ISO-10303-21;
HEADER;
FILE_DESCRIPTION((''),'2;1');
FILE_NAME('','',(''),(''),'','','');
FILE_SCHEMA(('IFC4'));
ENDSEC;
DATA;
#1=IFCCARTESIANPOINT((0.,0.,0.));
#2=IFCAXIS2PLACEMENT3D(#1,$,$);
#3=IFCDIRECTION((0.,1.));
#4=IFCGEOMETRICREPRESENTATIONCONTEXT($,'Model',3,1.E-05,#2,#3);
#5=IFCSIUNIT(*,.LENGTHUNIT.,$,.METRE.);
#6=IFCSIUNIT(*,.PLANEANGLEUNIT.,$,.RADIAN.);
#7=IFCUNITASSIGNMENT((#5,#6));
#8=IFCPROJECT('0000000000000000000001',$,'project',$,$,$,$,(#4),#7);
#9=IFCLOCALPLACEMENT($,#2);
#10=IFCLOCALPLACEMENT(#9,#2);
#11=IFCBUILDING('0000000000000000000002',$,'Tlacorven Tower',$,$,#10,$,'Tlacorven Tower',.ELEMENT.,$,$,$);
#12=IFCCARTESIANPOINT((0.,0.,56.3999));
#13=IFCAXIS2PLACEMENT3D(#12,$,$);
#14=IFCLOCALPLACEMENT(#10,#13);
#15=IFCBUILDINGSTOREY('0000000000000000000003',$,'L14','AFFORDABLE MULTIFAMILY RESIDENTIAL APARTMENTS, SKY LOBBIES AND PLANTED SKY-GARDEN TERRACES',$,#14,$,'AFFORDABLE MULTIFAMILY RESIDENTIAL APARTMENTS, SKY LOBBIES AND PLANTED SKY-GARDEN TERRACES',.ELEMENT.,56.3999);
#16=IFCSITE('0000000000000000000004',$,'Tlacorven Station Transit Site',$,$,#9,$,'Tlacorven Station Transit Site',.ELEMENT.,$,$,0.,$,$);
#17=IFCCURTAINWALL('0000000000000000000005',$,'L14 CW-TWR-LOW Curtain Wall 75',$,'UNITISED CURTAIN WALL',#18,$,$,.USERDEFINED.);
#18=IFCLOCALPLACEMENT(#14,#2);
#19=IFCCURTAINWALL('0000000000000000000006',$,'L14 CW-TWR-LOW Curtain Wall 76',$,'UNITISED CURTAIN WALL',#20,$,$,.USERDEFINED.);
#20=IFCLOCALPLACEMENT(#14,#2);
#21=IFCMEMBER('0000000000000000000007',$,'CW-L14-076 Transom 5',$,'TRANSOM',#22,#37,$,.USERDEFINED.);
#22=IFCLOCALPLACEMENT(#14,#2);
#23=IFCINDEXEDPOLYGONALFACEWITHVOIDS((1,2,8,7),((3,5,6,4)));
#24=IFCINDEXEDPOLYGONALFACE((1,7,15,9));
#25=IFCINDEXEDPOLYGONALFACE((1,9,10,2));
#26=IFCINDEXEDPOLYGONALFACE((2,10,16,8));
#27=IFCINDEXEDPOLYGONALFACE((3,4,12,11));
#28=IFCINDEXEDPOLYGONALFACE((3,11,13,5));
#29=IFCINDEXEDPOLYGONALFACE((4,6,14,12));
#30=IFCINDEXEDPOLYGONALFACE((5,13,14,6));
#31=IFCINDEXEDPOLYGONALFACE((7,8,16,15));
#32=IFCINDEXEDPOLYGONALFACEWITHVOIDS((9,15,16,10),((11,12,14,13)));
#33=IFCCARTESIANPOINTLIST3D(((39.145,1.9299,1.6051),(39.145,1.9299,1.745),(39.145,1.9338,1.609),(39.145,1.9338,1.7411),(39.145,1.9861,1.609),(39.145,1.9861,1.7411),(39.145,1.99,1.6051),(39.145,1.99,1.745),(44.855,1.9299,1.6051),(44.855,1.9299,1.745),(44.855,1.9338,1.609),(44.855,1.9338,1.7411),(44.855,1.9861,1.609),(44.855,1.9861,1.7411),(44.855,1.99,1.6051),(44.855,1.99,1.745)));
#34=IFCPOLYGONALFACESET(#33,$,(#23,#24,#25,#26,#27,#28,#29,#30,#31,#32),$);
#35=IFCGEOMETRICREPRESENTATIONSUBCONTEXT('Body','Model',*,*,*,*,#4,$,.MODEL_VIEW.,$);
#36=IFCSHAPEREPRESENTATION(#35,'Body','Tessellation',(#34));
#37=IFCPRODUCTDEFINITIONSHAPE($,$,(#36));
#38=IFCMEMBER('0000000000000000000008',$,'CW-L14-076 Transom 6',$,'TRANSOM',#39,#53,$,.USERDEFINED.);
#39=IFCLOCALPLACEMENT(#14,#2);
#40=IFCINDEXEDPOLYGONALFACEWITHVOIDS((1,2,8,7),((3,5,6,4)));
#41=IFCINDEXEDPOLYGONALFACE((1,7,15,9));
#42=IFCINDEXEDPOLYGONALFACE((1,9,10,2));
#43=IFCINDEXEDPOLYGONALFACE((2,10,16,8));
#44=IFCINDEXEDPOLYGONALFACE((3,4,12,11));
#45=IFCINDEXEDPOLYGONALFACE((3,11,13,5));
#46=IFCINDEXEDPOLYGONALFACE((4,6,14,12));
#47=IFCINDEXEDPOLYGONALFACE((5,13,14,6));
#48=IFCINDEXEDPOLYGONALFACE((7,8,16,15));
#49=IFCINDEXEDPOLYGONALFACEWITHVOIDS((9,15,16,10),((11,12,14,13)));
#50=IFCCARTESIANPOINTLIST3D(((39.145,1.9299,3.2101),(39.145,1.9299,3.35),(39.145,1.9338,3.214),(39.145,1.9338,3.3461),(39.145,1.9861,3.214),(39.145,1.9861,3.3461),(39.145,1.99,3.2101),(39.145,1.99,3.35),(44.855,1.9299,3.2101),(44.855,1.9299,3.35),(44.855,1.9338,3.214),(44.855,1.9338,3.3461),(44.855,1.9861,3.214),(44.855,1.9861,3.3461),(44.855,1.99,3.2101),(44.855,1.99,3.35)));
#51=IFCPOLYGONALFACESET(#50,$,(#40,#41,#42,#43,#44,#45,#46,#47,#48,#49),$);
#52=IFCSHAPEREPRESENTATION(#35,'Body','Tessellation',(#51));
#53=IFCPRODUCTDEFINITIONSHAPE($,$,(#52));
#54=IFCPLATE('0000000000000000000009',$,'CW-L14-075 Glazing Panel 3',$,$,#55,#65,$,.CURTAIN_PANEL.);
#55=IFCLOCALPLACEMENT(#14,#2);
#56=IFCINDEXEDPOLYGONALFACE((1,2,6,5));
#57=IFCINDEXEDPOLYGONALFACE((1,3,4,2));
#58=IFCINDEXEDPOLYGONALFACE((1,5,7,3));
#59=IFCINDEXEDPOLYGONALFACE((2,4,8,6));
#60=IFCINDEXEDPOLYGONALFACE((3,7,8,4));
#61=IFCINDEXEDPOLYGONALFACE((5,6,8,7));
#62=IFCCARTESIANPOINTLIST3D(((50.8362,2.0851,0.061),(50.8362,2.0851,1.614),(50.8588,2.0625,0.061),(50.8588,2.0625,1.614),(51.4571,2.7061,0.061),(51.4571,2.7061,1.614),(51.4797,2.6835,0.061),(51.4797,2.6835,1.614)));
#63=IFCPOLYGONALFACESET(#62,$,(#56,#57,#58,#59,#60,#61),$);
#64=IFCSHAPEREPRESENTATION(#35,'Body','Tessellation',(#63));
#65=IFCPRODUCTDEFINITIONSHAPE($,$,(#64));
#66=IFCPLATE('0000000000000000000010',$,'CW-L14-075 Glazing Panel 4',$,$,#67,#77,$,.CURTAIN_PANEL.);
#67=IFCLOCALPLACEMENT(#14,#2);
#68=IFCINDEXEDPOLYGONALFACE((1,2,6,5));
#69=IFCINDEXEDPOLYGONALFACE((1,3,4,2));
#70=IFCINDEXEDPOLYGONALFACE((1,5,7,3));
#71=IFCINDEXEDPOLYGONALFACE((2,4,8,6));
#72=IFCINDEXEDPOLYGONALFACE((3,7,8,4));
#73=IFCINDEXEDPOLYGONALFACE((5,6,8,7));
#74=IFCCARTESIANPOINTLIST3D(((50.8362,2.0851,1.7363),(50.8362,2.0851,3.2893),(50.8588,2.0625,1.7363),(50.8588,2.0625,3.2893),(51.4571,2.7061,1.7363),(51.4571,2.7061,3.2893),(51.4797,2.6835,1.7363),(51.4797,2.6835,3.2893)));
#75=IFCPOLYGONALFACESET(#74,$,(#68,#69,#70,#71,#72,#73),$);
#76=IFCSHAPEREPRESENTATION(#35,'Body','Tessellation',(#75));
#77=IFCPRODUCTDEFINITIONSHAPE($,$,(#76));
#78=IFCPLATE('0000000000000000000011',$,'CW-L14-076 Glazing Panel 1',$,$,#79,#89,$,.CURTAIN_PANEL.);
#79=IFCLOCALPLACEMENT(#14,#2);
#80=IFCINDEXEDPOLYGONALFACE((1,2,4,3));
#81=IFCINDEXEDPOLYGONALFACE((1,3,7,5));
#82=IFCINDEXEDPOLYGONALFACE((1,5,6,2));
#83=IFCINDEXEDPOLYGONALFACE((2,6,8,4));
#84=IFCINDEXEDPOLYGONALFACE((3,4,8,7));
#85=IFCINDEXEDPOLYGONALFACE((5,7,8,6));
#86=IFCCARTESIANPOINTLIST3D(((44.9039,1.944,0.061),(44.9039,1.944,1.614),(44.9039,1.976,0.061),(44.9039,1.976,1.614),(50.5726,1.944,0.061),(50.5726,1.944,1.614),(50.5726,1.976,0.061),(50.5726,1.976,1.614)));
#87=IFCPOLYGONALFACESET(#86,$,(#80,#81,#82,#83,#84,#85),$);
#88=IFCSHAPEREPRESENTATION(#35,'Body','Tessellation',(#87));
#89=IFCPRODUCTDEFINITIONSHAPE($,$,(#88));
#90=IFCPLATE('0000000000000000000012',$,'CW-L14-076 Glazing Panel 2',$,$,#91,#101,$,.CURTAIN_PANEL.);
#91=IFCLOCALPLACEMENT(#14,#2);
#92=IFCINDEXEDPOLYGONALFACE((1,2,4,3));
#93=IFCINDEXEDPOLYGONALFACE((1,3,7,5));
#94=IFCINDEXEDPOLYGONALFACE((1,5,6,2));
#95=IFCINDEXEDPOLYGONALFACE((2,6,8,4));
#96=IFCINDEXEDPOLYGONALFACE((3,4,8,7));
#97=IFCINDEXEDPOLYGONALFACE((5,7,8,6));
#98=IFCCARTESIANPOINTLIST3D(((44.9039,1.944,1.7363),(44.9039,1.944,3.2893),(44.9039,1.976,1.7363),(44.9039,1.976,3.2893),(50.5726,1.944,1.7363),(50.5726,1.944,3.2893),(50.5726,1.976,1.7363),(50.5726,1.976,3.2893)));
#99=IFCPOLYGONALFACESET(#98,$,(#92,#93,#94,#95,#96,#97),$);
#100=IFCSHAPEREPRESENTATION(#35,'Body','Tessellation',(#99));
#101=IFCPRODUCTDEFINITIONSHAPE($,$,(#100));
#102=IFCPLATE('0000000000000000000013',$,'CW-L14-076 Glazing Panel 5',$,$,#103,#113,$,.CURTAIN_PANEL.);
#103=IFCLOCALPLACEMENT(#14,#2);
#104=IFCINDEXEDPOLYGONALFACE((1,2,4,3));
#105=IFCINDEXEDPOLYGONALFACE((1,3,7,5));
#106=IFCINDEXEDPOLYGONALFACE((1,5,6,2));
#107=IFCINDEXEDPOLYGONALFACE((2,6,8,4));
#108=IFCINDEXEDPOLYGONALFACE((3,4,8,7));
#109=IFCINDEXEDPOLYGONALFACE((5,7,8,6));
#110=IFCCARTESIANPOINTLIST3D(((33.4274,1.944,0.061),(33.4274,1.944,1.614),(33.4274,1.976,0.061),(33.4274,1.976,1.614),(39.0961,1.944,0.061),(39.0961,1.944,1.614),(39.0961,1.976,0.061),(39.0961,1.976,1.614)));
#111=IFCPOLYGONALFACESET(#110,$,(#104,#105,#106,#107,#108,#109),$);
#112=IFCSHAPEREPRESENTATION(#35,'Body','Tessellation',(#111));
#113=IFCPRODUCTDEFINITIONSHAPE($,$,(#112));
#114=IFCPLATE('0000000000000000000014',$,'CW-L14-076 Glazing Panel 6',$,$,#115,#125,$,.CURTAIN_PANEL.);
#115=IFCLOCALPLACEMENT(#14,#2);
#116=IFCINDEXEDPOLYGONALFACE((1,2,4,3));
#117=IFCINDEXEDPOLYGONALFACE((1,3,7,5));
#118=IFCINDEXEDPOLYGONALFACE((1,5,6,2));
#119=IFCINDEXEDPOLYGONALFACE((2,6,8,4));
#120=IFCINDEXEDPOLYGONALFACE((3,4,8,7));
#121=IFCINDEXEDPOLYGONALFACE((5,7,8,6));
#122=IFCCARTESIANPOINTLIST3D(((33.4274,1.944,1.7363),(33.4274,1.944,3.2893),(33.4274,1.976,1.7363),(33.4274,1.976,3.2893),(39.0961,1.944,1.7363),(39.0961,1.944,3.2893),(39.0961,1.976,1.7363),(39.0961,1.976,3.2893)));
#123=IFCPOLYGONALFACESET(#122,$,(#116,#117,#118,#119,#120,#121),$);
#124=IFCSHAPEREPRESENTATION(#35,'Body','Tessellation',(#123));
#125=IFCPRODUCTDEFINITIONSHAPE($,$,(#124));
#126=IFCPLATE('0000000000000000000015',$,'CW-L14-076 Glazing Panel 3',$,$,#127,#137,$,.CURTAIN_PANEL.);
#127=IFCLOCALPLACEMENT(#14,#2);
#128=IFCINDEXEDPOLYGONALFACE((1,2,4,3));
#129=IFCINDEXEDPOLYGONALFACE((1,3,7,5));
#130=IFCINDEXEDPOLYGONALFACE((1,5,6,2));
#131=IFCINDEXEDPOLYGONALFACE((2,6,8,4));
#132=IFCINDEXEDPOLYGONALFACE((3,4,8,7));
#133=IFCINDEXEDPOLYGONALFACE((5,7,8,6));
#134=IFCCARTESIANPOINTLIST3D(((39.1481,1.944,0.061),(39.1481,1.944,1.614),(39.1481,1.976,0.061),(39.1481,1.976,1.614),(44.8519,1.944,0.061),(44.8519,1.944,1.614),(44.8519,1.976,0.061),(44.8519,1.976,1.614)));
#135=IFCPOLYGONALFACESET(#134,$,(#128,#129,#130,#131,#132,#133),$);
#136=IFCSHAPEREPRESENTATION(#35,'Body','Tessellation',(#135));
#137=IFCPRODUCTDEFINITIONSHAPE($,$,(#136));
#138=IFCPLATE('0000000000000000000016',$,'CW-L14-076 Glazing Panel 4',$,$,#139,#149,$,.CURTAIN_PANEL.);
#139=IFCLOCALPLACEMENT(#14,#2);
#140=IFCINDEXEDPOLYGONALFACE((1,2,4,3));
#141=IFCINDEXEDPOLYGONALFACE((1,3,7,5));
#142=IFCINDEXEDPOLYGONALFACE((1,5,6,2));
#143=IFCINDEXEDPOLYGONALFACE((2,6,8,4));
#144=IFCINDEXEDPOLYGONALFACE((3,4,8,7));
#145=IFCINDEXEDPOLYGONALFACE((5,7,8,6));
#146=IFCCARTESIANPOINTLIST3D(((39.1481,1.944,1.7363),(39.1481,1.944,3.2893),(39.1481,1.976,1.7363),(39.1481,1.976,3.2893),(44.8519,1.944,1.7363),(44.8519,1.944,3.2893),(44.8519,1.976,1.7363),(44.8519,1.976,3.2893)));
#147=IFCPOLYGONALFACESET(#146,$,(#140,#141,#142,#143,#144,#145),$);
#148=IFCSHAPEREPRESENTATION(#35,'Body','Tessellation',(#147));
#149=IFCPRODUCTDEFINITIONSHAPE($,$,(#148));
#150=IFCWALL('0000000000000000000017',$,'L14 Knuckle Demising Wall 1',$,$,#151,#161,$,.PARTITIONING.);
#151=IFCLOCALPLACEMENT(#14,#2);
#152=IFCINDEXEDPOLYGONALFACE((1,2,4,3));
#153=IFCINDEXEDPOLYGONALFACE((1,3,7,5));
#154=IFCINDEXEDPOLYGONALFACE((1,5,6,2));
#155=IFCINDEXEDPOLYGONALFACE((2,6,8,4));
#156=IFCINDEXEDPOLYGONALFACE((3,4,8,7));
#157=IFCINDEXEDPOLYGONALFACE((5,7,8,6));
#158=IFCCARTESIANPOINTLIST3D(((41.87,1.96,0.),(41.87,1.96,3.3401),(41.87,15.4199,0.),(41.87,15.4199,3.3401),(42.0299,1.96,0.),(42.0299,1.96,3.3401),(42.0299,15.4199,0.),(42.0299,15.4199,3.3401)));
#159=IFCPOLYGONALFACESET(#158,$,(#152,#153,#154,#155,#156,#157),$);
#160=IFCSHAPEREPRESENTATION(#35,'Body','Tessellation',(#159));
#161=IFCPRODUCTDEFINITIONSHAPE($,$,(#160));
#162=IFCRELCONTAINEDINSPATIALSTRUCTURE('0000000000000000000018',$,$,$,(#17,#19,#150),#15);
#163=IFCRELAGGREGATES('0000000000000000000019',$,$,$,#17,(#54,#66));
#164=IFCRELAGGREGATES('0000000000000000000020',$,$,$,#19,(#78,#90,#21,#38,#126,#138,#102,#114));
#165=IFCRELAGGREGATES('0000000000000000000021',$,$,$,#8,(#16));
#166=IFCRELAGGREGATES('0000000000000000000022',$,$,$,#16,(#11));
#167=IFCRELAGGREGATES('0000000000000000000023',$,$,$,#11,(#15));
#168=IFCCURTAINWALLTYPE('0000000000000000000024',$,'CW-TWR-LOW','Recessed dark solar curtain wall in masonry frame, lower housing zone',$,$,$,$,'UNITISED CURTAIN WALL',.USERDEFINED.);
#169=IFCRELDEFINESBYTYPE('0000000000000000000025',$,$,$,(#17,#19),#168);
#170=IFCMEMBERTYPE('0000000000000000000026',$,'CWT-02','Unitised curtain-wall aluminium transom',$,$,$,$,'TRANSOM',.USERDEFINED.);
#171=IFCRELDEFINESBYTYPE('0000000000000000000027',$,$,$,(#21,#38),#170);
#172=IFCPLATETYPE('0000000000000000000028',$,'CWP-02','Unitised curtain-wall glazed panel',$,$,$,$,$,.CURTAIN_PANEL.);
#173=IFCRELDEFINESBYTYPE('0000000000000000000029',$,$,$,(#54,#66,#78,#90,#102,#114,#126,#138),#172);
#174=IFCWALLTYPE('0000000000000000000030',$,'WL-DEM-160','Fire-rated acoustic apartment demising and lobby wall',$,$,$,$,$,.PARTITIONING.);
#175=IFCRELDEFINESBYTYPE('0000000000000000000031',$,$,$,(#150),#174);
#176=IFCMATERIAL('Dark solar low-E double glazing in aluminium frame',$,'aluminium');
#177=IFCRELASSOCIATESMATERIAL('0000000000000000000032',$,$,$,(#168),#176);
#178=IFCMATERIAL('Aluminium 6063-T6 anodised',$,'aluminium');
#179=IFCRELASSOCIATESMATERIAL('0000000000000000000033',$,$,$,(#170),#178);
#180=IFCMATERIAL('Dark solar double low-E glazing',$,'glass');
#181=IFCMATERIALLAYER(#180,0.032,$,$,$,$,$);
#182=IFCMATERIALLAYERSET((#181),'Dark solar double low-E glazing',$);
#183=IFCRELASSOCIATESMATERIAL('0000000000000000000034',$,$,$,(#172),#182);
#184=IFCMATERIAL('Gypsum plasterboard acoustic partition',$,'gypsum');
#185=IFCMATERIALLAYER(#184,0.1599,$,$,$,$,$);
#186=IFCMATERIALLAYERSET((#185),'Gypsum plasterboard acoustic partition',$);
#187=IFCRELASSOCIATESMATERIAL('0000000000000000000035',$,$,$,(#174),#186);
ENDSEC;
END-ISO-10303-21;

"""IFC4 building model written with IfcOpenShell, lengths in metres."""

from ifc_helpers import new_model, si_unit, direction, frame, frame_2d, origin, origin_2d, place, context, subcontext, project, spatial, rectangle, hollow_rectangle, extrude, source, transform, mapped, material, layer, layer_set, material_profile, profile_set, type_object, element, aggregate, save


model = new_model("IFC4")

# Units and contexts
model_context = context("Model", 3, precision=1e-05, world=origin(), true_north=direction((0.0, 1.0)))
body_context = subcontext(model_context, "Body", "Model", "MODEL_VIEW")
ifc_project = project(units=[si_unit("LENGTHUNIT", "METRE"), si_unit("PLANEANGLEUNIT", "RADIAN")], contexts=[model_context])

# Site, building, storey
site_placement = place(None, origin())
site = spatial("IfcSite", under=ifc_project, at=site_placement, Name="Tlacorven Station Transit Site", LongName="Tlacorven Station Transit Site", CompositionType="ELEMENT", RefElevation=0.0)
building_placement = place(site_placement, origin())
building = spatial("IfcBuilding", under=site, at=building_placement, Name="Tlacorven Tower", LongName="Tlacorven Tower", CompositionType="ELEMENT")
storey_placement = place(building_placement, frame((0.0, 0.0, 56.3999)))
storey = spatial("IfcBuildingStorey", under=building, at=storey_placement, Name="L14", Description="AFFORDABLE MULTIFAMILY RESIDENTIAL APARTMENTS, SKY LOBBIES AND PLANTED SKY-GARDEN TERRACES", LongName="AFFORDABLE MULTIFAMILY RESIDENTIAL APARTMENTS, SKY LOBBIES AND PLANTED SKY-GARDEN TERRACES", CompositionType="ELEMENT", Elevation=56.3999)

# Curtain wall
ifc_material_1 = material(Name="Dark solar low-E double glazing in aluminium frame", Category="aluminium")
curtain_wall_type = type_object("IfcCurtainWallType", Name="CW-TWR-LOW", Description="Recessed dark solar curtain wall in masonry frame, lower housing zone", ElementType="UNITISED CURTAIN WALL", PredefinedType="USERDEFINED", material=ifc_material_1)
curtain_wall_1_placement = place(storey_placement, origin())
curtain_wall_1 = element("IfcCurtainWall", 1, at=curtain_wall_1_placement, inside=storey, type_object=curtain_wall_type, Name="L14 CW-TWR-LOW Curtain Wall 75", ObjectType="UNITISED CURTAIN WALL", PredefinedType="USERDEFINED")
ifc_material_2 = material(Name="Aluminium 6063-T6 anodised", Category="aluminium")

# Curtain wall, members
curtain_wall_2_placement = place(storey_placement, origin())
curtain_wall_2 = element("IfcCurtainWall", 2, at=curtain_wall_2_placement, inside=storey, type_object=curtain_wall_type, Name="L14 CW-TWR-LOW Curtain Wall 76", ObjectType="UNITISED CURTAIN WALL", PredefinedType="USERDEFINED")
ifc_material_profile_1 = material_profile(ifc_material_2, hollow_rectangle(XDim=0.0601, YDim=0.1399, WallThickness=0.0039, at=origin_2d()), Name="ALU TRANSOM 60X140")
ifc_profile_set_1 = profile_set([ifc_material_profile_1], Name="Aluminium 6063-T6 anodised")
member_type_1 = type_object("IfcMemberType", Name="CWT-02", Description="Unitised curtain-wall aluminium transom", ElementType="TRANSOM", PredefinedType="USERDEFINED", material=ifc_profile_set_1)
shared_shape_1 = source(origin(), body_context, "Body", "SweptSolid", [
    extrude(hollow_rectangle(XDim=0.0601, YDim=0.1399, WallThickness=0.0039, at=origin_2d()), origin(), (0.0, 0.0, 1.0), 5.71),
])
member_1_placement = place(storey_placement, frame((44.855, 1.96, 1.675), z_axis=(-1.0, 0.0, 0.0), x_axis=(0.0, -1.0, 0.0)))
member_1 = element("IfcMember", 3, at=member_1_placement, type_object=member_type_1, Name="CW-L14-076 Transom 5", ObjectType="TRANSOM", PredefinedType="USERDEFINED", context=body_context, shape_type="MappedRepresentation", body=[
    mapped(shared_shape_1, transform((0.0, 0.0, 0.0), scale=1.0)),
])
member_2_placement = place(storey_placement, frame((44.855, 1.96, 3.28), z_axis=(-1.0, 0.0, 0.0), x_axis=(0.0, -1.0, 0.0)))
member_2 = element("IfcMember", 4, at=member_2_placement, type_object=member_type_1, Name="CW-L14-076 Transom 6", ObjectType="TRANSOM", PredefinedType="USERDEFINED", context=body_context, shape_type="MappedRepresentation", body=[
    mapped(shared_shape_1, transform((0.0, 0.0, 0.0), scale=1.0)),
])

# Plates
ifc_material_3 = material(Name="Dark solar double low-E glazing", Category="glass")
ifc_layer_1 = layer(ifc_material_3, 0.032)
ifc_layer_set_1 = layer_set([ifc_layer_1], Name="Dark solar double low-E glazing")
plate_type = type_object("IfcPlateType", Name="CWP-02", Description="Unitised curtain-wall glazed panel", PredefinedType="CURTAIN_PANEL", material=ifc_layer_set_1)
shared_shape_2 = source(origin(), body_context, "Body", "SweptSolid", [
    extrude(rectangle(XDim=0.8782, YDim=0.032, at=origin_2d()), origin(), (0.0, 0.0, 1.0), 1.553),
])
plate_1_placement = place(storey_placement, frame((51.158, 2.3843, 0.061), z_axis=(0.0, 0.0, 1.0), x_axis=(-0.707107, -0.707107, 0.0)))
plate_1 = element("IfcPlate", 5, at=plate_1_placement, type_object=plate_type, Name="CW-L14-075 Glazing Panel 3", PredefinedType="CURTAIN_PANEL", context=body_context, shape_type="MappedRepresentation", body=[
    mapped(shared_shape_2, transform((0.0, 0.0, 0.0), scale=1.0)),
])
plate_2_placement = place(storey_placement, frame((51.158, 2.3843, 1.7363), z_axis=(0.0, 0.0, 1.0), x_axis=(-0.707107, -0.707107, 0.0)))
plate_2 = element("IfcPlate", 6, at=plate_2_placement, type_object=plate_type, Name="CW-L14-075 Glazing Panel 4", PredefinedType="CURTAIN_PANEL", context=body_context, shape_type="MappedRepresentation", body=[
    mapped(shared_shape_2, transform((0.0, 0.0, 0.0), scale=1.0)),
])
aggregate(curtain_wall_1, [plate_1, plate_2])
shared_shape_3 = source(origin(), body_context, "Body", "SweptSolid", [
    extrude(rectangle(XDim=5.6687, YDim=0.032, at=origin_2d()), origin(), (0.0, 0.0, 1.0), 1.553),
])
plate_3_placement = place(storey_placement, frame((47.7383, 1.96, 0.061), z_axis=(0.0, 0.0, 1.0), x_axis=(-1.0, 0.0, 0.0)))
plate_3 = element("IfcPlate", 7, at=plate_3_placement, type_object=plate_type, Name="CW-L14-076 Glazing Panel 1", PredefinedType="CURTAIN_PANEL", context=body_context, shape_type="MappedRepresentation", body=[
    mapped(shared_shape_3, transform((0.0, 0.0, 0.0), scale=1.0)),
])
plate_4_placement = place(storey_placement, frame((47.7383, 1.96, 1.7363), z_axis=(0.0, 0.0, 1.0), x_axis=(-1.0, 0.0, 0.0)))
plate_4 = element("IfcPlate", 8, at=plate_4_placement, type_object=plate_type, Name="CW-L14-076 Glazing Panel 2", PredefinedType="CURTAIN_PANEL", context=body_context, shape_type="MappedRepresentation", body=[
    mapped(shared_shape_3, transform((0.0, 0.0, 0.0), scale=1.0)),
])
plate_5_placement = place(storey_placement, frame((36.2617, 1.96, 0.061), z_axis=(0.0, 0.0, 1.0), x_axis=(-1.0, 0.0, 0.0)))
plate_5 = element("IfcPlate", 9, at=plate_5_placement, type_object=plate_type, Name="CW-L14-076 Glazing Panel 5", PredefinedType="CURTAIN_PANEL", context=body_context, shape_type="MappedRepresentation", body=[
    mapped(shared_shape_3, transform((0.0, 0.0, 0.0), scale=1.0)),
])
plate_6_placement = place(storey_placement, frame((36.2617, 1.96, 1.7363), z_axis=(0.0, 0.0, 1.0), x_axis=(-1.0, 0.0, 0.0)))
plate_6 = element("IfcPlate", 10, at=plate_6_placement, type_object=plate_type, Name="CW-L14-076 Glazing Panel 6", PredefinedType="CURTAIN_PANEL", context=body_context, shape_type="MappedRepresentation", body=[
    mapped(shared_shape_3, transform((0.0, 0.0, 0.0), scale=1.0)),
])
shared_shape_4 = source(origin(), body_context, "Body", "SweptSolid", [
    extrude(rectangle(XDim=5.7039, YDim=0.032, at=origin_2d()), origin(), (0.0, 0.0, 1.0), 1.553),
])
plate_7_placement = place(storey_placement, frame((42.0, 1.96, 0.061), z_axis=(0.0, 0.0, 1.0), x_axis=(-1.0, 0.0, 0.0)))
plate_7 = element("IfcPlate", 11, at=plate_7_placement, type_object=plate_type, Name="CW-L14-076 Glazing Panel 3", PredefinedType="CURTAIN_PANEL", context=body_context, shape_type="MappedRepresentation", body=[
    mapped(shared_shape_4, transform((0.0, 0.0, 0.0), scale=1.0)),
])
plate_8_placement = place(storey_placement, frame((42.0, 1.96, 1.7363), z_axis=(0.0, 0.0, 1.0), x_axis=(-1.0, 0.0, 0.0)))
plate_8 = element("IfcPlate", 12, at=plate_8_placement, type_object=plate_type, Name="CW-L14-076 Glazing Panel 4", PredefinedType="CURTAIN_PANEL", context=body_context, shape_type="MappedRepresentation", body=[
    mapped(shared_shape_4, transform((0.0, 0.0, 0.0), scale=1.0)),
])
aggregate(curtain_wall_2, [plate_3, plate_4, member_1, member_2, plate_7, plate_8, plate_5, plate_6])

# Wall
ifc_material_4 = material(Name="Gypsum plasterboard acoustic partition", Category="gypsum")
ifc_layer_2 = layer(ifc_material_4, 0.1599)
ifc_layer_set_2 = layer_set([ifc_layer_2], Name="Gypsum plasterboard acoustic partition")
wall_type_1 = type_object("IfcWallType", Name="WL-DEM-160", Description="Fire-rated acoustic apartment demising and lobby wall", PredefinedType="PARTITIONING", material=ifc_layer_set_2)
wall_1_placement = place(storey_placement, frame((41.95, 1.96, 0.0), z_axis=(0.0, 0.0, 1.0), x_axis=(0.0, 1.0, 0.0)))
element("IfcWall", 13, at=wall_1_placement, inside=storey, type_object=wall_type_1, Name="L14 Knuckle Demising Wall 1", PredefinedType="PARTITIONING", context=body_context, shape_type="SweptSolid", body=[
    extrude(rectangle(XDim=13.46, YDim=0.1599, at=frame_2d((6.73, 0.0))), origin(), (0.0, 0.0, 1.0), 3.3401),
])

save(model, "model.ifc")
